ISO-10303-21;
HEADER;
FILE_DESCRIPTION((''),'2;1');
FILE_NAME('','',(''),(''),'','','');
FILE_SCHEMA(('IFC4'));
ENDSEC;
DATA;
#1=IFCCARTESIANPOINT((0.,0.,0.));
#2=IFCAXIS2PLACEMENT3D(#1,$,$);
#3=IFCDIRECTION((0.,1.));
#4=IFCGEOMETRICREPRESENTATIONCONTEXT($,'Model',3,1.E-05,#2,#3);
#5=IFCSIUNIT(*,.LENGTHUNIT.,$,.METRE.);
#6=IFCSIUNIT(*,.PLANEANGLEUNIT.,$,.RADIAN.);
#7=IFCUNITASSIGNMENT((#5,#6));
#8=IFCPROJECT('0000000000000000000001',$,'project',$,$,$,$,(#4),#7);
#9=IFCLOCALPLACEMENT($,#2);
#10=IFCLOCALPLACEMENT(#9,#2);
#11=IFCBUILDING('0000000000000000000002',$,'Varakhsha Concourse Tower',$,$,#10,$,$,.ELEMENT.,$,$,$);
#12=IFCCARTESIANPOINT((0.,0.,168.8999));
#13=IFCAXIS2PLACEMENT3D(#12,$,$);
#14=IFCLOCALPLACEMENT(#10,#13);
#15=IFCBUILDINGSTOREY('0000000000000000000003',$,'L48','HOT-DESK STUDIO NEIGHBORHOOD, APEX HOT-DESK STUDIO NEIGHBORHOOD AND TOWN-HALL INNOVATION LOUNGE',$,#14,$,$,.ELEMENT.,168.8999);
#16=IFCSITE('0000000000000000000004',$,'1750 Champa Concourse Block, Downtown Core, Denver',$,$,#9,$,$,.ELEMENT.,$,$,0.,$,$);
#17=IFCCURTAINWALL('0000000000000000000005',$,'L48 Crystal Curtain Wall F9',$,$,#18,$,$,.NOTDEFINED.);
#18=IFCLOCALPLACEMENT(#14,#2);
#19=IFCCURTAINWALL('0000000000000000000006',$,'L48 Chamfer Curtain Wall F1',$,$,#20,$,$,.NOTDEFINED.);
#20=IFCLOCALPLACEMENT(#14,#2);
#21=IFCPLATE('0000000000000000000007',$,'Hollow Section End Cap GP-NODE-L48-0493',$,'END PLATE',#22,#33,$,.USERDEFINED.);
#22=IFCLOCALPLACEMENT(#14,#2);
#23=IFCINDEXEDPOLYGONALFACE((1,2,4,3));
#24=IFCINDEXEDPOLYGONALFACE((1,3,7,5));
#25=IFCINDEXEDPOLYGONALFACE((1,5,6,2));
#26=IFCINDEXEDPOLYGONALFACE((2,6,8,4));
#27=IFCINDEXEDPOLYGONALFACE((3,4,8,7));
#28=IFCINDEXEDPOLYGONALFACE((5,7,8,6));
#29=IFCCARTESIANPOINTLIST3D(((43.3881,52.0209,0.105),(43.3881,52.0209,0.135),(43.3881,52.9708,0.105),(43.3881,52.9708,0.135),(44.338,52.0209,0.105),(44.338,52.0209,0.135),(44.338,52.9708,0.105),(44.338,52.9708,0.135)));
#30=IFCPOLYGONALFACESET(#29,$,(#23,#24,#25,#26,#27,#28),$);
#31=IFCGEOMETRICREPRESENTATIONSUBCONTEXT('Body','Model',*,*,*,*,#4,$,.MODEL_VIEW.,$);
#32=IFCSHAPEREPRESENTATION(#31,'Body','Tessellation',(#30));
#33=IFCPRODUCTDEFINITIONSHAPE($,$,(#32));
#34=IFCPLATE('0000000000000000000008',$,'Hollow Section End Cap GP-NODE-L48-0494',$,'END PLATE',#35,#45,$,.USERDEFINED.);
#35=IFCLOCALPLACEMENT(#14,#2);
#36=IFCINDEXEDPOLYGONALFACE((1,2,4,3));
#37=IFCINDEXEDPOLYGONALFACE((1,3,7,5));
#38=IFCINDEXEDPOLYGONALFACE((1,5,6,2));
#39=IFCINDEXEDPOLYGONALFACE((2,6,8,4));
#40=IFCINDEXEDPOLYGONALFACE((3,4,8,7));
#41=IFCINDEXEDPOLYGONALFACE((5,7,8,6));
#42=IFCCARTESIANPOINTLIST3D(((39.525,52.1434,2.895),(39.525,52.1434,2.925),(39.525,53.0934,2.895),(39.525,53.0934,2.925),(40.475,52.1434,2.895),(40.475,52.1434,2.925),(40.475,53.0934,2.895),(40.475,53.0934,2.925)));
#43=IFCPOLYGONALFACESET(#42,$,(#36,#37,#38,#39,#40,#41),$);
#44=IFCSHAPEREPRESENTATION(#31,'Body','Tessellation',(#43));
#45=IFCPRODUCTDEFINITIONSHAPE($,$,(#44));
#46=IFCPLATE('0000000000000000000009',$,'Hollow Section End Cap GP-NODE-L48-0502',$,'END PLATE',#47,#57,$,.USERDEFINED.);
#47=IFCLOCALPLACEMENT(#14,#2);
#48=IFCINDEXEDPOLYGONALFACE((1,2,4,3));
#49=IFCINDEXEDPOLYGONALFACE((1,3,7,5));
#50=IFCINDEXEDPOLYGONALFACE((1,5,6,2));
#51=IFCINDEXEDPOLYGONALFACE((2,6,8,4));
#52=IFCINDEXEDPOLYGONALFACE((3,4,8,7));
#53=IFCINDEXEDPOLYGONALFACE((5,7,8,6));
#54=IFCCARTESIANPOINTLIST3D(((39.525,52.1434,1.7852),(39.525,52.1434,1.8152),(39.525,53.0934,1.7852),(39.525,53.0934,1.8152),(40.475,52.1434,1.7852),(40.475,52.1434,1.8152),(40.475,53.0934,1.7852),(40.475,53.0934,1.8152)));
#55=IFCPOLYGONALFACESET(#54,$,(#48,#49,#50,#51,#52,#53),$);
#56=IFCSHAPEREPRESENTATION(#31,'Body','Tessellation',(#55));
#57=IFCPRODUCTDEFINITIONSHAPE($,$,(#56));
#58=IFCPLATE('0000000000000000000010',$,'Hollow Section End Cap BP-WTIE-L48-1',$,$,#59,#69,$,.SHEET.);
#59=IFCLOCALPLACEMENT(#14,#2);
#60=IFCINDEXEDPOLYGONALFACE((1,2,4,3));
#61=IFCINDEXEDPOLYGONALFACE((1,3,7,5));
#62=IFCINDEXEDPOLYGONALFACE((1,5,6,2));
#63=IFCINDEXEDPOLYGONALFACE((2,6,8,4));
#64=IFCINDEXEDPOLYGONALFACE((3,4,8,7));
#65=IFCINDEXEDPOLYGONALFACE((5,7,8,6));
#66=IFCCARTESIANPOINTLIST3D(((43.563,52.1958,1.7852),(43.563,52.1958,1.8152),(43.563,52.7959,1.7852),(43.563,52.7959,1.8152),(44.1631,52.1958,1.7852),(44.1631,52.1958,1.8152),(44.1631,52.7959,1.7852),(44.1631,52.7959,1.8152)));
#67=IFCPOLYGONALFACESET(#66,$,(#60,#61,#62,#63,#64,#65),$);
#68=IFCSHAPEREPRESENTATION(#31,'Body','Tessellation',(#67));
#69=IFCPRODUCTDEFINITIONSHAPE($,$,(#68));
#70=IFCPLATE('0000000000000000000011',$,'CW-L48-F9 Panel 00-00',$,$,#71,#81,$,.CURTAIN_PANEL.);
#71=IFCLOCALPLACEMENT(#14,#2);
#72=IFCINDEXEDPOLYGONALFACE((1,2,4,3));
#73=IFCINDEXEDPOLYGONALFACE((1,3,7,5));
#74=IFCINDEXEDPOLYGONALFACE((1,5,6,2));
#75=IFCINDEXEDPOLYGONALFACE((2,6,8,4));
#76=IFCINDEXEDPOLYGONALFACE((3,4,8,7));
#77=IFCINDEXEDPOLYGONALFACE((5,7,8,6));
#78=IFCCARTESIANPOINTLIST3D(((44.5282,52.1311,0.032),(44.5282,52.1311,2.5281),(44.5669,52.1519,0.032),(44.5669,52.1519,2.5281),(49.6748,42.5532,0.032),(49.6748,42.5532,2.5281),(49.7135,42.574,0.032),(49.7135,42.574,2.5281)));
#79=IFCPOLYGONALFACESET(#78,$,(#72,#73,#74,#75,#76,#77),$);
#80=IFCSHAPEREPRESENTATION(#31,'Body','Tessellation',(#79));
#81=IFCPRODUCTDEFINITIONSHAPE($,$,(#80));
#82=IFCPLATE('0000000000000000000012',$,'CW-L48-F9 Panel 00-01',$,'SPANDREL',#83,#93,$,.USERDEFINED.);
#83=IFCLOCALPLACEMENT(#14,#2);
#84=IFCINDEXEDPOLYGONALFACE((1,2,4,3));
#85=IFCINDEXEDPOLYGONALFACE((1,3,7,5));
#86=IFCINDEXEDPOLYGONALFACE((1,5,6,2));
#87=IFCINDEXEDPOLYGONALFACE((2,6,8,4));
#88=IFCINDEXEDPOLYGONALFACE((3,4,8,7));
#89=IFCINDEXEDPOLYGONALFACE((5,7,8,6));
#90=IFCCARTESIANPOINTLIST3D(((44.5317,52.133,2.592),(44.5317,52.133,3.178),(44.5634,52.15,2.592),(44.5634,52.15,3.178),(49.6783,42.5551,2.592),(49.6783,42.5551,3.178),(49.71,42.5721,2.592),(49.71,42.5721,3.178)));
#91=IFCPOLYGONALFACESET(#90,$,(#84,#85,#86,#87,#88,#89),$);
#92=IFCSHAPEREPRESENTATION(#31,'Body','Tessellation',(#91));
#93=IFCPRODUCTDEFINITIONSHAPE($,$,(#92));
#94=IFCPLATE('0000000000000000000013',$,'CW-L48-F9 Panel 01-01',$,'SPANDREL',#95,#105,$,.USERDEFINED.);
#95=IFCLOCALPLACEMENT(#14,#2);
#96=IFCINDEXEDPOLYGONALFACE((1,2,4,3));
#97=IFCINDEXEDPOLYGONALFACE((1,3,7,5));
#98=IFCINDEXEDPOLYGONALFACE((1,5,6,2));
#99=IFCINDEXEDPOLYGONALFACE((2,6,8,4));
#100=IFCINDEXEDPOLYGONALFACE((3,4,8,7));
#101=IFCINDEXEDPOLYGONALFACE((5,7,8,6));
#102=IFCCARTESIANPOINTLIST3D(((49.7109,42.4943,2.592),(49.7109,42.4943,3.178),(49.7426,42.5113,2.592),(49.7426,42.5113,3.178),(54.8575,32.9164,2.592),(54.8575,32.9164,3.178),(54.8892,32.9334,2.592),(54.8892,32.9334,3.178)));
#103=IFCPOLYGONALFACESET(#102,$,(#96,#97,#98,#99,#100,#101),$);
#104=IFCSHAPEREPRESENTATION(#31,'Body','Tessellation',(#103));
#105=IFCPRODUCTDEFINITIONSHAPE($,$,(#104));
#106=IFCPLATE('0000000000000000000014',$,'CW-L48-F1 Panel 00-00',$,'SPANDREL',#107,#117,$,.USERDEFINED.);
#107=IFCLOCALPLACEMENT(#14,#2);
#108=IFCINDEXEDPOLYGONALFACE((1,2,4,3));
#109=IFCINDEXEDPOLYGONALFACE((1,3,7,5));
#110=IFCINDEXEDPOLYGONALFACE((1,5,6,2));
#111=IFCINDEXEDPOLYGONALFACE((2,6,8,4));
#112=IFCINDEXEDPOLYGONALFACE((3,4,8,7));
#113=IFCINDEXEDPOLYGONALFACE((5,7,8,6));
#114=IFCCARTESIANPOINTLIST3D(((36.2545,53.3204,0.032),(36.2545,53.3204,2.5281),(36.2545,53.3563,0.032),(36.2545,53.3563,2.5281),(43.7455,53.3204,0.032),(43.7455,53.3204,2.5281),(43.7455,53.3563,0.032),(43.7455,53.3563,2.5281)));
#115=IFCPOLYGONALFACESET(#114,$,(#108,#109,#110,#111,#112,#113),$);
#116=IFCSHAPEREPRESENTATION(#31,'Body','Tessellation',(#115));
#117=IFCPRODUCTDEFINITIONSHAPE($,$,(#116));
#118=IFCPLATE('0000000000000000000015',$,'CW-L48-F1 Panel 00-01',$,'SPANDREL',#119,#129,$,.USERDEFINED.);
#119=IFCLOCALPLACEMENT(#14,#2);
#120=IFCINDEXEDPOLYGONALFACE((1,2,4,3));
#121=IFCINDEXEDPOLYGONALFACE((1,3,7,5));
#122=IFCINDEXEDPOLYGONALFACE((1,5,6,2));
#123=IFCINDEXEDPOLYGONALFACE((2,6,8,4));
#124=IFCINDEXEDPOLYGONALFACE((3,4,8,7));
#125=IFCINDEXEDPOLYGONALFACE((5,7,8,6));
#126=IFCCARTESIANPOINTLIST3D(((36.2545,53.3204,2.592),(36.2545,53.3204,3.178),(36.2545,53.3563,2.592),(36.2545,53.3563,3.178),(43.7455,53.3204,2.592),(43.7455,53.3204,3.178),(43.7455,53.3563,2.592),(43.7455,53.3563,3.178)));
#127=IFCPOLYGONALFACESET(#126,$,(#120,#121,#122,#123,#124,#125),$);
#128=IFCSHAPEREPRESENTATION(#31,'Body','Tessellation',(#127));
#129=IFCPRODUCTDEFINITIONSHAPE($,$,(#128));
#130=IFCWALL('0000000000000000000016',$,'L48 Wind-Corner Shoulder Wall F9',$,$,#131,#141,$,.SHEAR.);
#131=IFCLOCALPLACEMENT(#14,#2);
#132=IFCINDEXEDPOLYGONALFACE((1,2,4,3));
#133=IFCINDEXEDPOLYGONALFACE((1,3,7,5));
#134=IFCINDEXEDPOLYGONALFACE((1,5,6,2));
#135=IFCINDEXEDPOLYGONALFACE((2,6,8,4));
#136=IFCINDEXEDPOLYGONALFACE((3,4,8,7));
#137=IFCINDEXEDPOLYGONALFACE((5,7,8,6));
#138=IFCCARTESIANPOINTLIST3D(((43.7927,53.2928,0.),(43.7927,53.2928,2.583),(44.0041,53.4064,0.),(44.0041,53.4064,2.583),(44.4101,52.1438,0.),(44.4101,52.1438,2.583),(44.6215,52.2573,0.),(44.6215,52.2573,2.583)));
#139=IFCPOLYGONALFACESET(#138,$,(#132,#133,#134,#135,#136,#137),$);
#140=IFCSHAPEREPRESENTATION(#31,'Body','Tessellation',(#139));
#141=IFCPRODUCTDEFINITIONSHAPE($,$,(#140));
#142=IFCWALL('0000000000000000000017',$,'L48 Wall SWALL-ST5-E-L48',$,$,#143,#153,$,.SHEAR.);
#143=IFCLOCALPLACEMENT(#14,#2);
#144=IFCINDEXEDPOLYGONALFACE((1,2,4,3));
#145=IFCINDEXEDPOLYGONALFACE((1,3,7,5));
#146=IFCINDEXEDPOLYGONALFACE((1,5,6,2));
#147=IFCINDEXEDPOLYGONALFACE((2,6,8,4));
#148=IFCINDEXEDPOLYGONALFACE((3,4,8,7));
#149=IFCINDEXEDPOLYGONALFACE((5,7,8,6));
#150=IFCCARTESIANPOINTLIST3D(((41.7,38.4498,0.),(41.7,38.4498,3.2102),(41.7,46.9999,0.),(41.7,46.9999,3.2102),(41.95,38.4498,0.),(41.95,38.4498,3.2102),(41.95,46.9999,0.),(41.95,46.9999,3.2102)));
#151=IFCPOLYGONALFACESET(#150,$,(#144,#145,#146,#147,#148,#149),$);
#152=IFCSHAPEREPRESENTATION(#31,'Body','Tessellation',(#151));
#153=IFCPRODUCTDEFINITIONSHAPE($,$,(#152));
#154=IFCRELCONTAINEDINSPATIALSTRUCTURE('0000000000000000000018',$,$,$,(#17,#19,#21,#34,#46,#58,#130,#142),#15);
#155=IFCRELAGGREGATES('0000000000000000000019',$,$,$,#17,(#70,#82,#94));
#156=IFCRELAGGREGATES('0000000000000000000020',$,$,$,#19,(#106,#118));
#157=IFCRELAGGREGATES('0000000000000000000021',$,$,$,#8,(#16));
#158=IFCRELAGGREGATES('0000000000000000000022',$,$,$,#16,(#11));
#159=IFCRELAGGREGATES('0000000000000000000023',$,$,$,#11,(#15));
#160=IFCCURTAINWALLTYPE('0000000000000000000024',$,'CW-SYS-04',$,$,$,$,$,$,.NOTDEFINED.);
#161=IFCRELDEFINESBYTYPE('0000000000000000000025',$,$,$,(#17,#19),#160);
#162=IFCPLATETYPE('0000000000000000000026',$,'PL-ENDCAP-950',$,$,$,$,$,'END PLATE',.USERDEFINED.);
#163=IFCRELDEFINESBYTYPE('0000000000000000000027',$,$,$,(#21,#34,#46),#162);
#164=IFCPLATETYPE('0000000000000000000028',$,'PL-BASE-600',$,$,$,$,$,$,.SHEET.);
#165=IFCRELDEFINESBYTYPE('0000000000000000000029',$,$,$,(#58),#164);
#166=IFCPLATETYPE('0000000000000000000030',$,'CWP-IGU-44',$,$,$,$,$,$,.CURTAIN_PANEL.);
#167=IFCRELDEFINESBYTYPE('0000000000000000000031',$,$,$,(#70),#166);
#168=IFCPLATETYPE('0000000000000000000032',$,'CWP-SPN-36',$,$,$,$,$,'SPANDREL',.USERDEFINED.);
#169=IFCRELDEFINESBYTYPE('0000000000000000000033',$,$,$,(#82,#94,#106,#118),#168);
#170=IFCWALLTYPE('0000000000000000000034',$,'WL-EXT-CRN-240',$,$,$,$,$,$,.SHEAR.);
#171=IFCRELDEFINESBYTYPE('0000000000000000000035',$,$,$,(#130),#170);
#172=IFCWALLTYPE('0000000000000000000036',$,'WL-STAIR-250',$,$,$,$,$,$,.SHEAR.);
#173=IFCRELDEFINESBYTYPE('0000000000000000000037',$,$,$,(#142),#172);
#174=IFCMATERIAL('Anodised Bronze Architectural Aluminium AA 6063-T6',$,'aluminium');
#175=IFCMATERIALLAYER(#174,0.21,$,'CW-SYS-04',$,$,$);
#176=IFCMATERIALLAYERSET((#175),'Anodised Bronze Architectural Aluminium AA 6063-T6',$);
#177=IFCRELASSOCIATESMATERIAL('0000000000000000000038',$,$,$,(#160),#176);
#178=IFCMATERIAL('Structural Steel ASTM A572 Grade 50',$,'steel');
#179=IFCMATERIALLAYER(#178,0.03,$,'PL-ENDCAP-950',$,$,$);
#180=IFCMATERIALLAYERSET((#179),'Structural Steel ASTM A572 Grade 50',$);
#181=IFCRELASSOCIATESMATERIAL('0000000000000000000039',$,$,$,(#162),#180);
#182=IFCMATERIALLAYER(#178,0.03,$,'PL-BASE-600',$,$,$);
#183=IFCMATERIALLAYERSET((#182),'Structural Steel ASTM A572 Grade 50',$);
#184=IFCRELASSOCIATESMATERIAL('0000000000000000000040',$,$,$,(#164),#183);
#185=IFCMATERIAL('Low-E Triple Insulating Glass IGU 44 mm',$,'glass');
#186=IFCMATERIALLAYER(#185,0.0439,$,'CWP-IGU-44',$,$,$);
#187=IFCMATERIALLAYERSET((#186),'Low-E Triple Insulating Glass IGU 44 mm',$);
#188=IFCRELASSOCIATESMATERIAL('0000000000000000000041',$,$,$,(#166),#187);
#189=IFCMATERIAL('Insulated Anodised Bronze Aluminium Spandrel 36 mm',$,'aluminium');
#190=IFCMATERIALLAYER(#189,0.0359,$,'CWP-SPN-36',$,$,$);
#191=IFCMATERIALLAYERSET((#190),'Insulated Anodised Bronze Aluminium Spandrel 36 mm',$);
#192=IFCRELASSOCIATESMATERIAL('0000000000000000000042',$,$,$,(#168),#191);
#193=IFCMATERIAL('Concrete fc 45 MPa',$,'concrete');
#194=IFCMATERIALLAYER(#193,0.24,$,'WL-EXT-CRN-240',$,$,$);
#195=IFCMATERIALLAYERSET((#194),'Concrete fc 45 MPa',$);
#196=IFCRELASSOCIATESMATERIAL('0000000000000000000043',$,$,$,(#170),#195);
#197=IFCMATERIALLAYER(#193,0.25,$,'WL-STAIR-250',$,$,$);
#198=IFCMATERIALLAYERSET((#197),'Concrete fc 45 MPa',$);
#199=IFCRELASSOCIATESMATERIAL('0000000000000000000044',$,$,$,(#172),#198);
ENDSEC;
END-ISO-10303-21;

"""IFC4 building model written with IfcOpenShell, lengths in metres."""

from ifc_helpers import new_model, si_unit, direction, frame, frame_2d, origin, origin_2d, place, context, subcontext, project, spatial, rectangle, extrude, source, transform, mapped, material, layer, layer_set, type_object, type_shapes, element, aggregate, save


model = new_model("IFC4")

# Units and contexts
model_context = context("Model", 3, precision=1e-05, world=origin(), true_north=direction((0.0, 1.0)))
body_context = subcontext(model_context, "Body", "Model", "MODEL_VIEW")
ifc_project = project(units=[si_unit("LENGTHUNIT", "METRE"), si_unit("PLANEANGLEUNIT", "RADIAN")], contexts=[model_context])

# Site, building, storey
site_placement = place(None, origin())
site = spatial("IfcSite", under=ifc_project, at=site_placement, Name="1750 Champa Concourse Block, Downtown Core, Denver", CompositionType="ELEMENT", RefElevation=0.0)
building_placement = place(site_placement, origin())
building = spatial("IfcBuilding", under=site, at=building_placement, Name="Varakhsha Concourse Tower", CompositionType="ELEMENT")
storey_placement = place(building_placement, frame((0.0, 0.0, 168.8999)))
storey = spatial("IfcBuildingStorey", under=building, at=storey_placement, Name="L48", Description="HOT-DESK STUDIO NEIGHBORHOOD, APEX HOT-DESK STUDIO NEIGHBORHOOD AND TOWN-HALL INNOVATION LOUNGE", CompositionType="ELEMENT", Elevation=168.8999)

# Shared definitions
ifc_material_1 = material(Name="Structural Steel ASTM A572 Grade 50", Category="steel")

# Curtain wall
ifc_material_2 = material(Name="Anodised Bronze Architectural Aluminium AA 6063-T6", Category="aluminium")
ifc_layer_1 = layer(ifc_material_2, 0.21, Name="CW-SYS-04")
ifc_layer_set_1 = layer_set([ifc_layer_1], Name="Anodised Bronze Architectural Aluminium AA 6063-T6")
curtain_wall_type = type_object("IfcCurtainWallType", Name="CW-SYS-04", PredefinedType="NOTDEFINED", material=ifc_layer_set_1)
curtain_wall_1_placement = place(storey_placement, origin())
curtain_wall_1 = element("IfcCurtainWall", 1, at=curtain_wall_1_placement, inside=storey, type_object=curtain_wall_type, Name="L48 Crystal Curtain Wall F9", PredefinedType="NOTDEFINED")

# Curtain wall
curtain_wall_2_placement = place(storey_placement, origin())
curtain_wall_2 = element("IfcCurtainWall", 2, at=curtain_wall_2_placement, inside=storey, type_object=curtain_wall_type, Name="L48 Chamfer Curtain Wall F1", PredefinedType="NOTDEFINED")

# Plates
ifc_layer_2 = layer(ifc_material_1, 0.03, Name="PL-ENDCAP-950")
ifc_layer_set_2 = layer_set([ifc_layer_2], Name="Structural Steel ASTM A572 Grade 50")
plate_type_1 = type_object("IfcPlateType", Name="PL-ENDCAP-950", ElementType="END PLATE", PredefinedType="USERDEFINED", material=ifc_layer_set_2)
shared_shape_1 = source(origin(), body_context, "Body", "SweptSolid", [
    extrude(rectangle(XDim=0.95, YDim=0.95, at=origin_2d()), origin(), (0.0, 0.0, 1.0), 0.03),
])
type_shapes(plate_type_1, [shared_shape_1])
for number, where, z_axis, x_axis, name in (
    (3, (43.863, 52.4958, 0.105), (0.0, 0.0, 1.0), (1.0, 0.0, 0.0), "Hollow Section End Cap GP-NODE-L48-0493"),
    (4, (40.0, 52.6184, 2.895), (0.0, 0.0, 1.0), (1.0, 0.0, 0.0), "Hollow Section End Cap GP-NODE-L48-0494"),
    (5, (40.0, 52.6184, 1.7852), (0.0, 0.0, 1.0), (1.0, 0.0, 0.0), "Hollow Section End Cap GP-NODE-L48-0502"),
):
    element("IfcPlate", number, at=place(storey_placement, frame(where, z_axis=z_axis, x_axis=x_axis)), inside=storey, type_object=plate_type_1, Name=name, ObjectType="END PLATE", PredefinedType="USERDEFINED", context=body_context, shape_type="MappedRepresentation", body=[
        mapped(shared_shape_1, transform((0.0, 0.0, 0.0), scale=1.0)),
    ])
ifc_layer_3 = layer(ifc_material_1, 0.03, Name="PL-BASE-600")
ifc_layer_set_3 = layer_set([ifc_layer_3], Name="Structural Steel ASTM A572 Grade 50")
plate_type_2 = type_object("IfcPlateType", Name="PL-BASE-600", PredefinedType="SHEET", material=ifc_layer_set_3)
shared_shape_2 = source(origin(), body_context, "Body", "SweptSolid", [
    extrude(rectangle(XDim=0.6001, YDim=0.6001, at=origin_2d()), origin(), (0.0, 0.0, 1.0), 0.03),
])
type_shapes(plate_type_2, [shared_shape_2])
plate_1_placement = place(storey_placement, frame((43.863, 52.4958, 1.7852), z_axis=(0.0, 0.0, 1.0), x_axis=(1.0, 0.0, 0.0)))
element("IfcPlate", 6, at=plate_1_placement, inside=storey, type_object=plate_type_2, Name="Hollow Section End Cap BP-WTIE-L48-1", PredefinedType="SHEET", context=body_context, shape_type="MappedRepresentation", body=[
    mapped(shared_shape_2, transform((0.0, 0.0, 0.0), scale=1.0)),
])

# Plates
ifc_material_3 = material(Name="Low-E Triple Insulating Glass IGU 44 mm", Category="glass")
ifc_layer_4 = layer(ifc_material_3, 0.0439, Name="CWP-IGU-44")
ifc_layer_set_4 = layer_set([ifc_layer_4], Name="Low-E Triple Insulating Glass IGU 44 mm")
plate_type_3 = type_object("IfcPlateType", Name="CWP-IGU-44", PredefinedType="CURTAIN_PANEL", material=ifc_layer_set_4)
shared_shape_3 = source(origin(), body_context, "Body", "SweptSolid", [
    extrude(rectangle(XDim=10.873, YDim=0.0439, at=origin_2d()), origin(), (0.0, 0.0, 1.0), 2.4961),
])
type_shapes(plate_type_3, [shared_shape_3])
plate_2_placement = place(storey_placement, frame((47.1208, 47.3525, 0.032), z_axis=(0.0, 0.0, 1.0), x_axis=(0.473337, -0.880882, 0.0)))
plate_2 = element("IfcPlate", 7, at=plate_2_placement, type_object=plate_type_3, Name="CW-L48-F9 Panel 00-00", PredefinedType="CURTAIN_PANEL", context=body_context, shape_type="MappedRepresentation", body=[
    mapped(shared_shape_3, transform((0.0, 0.0, 0.0), scale=1.0)),
])
ifc_material_4 = material(Name="Insulated Anodised Bronze Aluminium Spandrel 36 mm", Category="aluminium")
ifc_layer_5 = layer(ifc_material_4, 0.0359, Name="CWP-SPN-36")
ifc_layer_set_5 = layer_set([ifc_layer_5], Name="Insulated Anodised Bronze Aluminium Spandrel 36 mm")
plate_type_4 = type_object("IfcPlateType", Name="CWP-SPN-36", ElementType="SPANDREL", PredefinedType="USERDEFINED", material=ifc_layer_set_5)
shared_shape_4 = source(origin(), body_context, "Body", "SweptSolid", [
    extrude(rectangle(XDim=10.873, YDim=0.0359, at=origin_2d()), origin(), (0.0, 0.0, 1.0), 0.5859),
])
plate_3_placement = place(storey_placement, frame((47.1208, 47.3525, 2.592), z_axis=(0.0, 0.0, 1.0), x_axis=(0.473337, -0.880882, 0.0)))
plate_3 = element("IfcPlate", 8, at=plate_3_placement, type_object=plate_type_4, Name="CW-L48-F9 Panel 00-01", ObjectType="SPANDREL", PredefinedType="USERDEFINED", context=body_context, shape_type="MappedRepresentation", body=[
    mapped(shared_shape_4, transform((0.0, 0.0, 0.0), scale=1.0)),
])
plate_4_placement = place(storey_placement, frame((52.3, 37.7139, 2.592), z_axis=(0.0, 0.0, 1.0), x_axis=(0.473337, -0.880882, 0.0)))
plate_4 = element("IfcPlate", 9, at=plate_4_placement, type_object=plate_type_4, Name="CW-L48-F9 Panel 01-01", ObjectType="SPANDREL", PredefinedType="USERDEFINED", context=body_context, shape_type="MappedRepresentation", body=[
    mapped(shared_shape_4, transform((0.0, 0.0, 0.0), scale=1.0)),
])
aggregate(curtain_wall_1, [plate_2, plate_3, plate_4])
shared_shape_5 = source(origin(), body_context, "Body", "SweptSolid", [
    extrude(rectangle(XDim=7.491, YDim=0.0359, at=origin_2d()), origin(), (0.0, 0.0, 1.0), 2.4961),
])
plate_5_placement = place(storey_placement, frame((40.0, 53.3384, 0.032), z_axis=(0.0, 0.0, 1.0), x_axis=(1.0, 0.0, 0.0)))
plate_5 = element("IfcPlate", 10, at=plate_5_placement, type_object=plate_type_4, Name="CW-L48-F1 Panel 00-00", ObjectType="SPANDREL", PredefinedType="USERDEFINED", context=body_context, shape_type="MappedRepresentation", body=[
    mapped(shared_shape_5, transform((0.0, 0.0, 0.0), scale=1.0)),
])
shared_shape_6 = source(origin(), body_context, "Body", "SweptSolid", [
    extrude(rectangle(XDim=7.491, YDim=0.0359, at=origin_2d()), origin(), (0.0, 0.0, 1.0), 0.5859),
])
type_shapes(plate_type_4, [shared_shape_4, shared_shape_5, shared_shape_6])
plate_6_placement = place(storey_placement, frame((40.0, 53.3384, 2.592), z_axis=(0.0, 0.0, 1.0), x_axis=(1.0, 0.0, 0.0)))
plate_6 = element("IfcPlate", 11, at=plate_6_placement, type_object=plate_type_4, Name="CW-L48-F1 Panel 00-01", ObjectType="SPANDREL", PredefinedType="USERDEFINED", context=body_context, shape_type="MappedRepresentation", body=[
    mapped(shared_shape_6, transform((0.0, 0.0, 0.0), scale=1.0)),
])
aggregate(curtain_wall_2, [plate_5, plate_6])

# Walls
ifc_material_5 = material(Name="Concrete fc 45 MPa", Category="concrete")
ifc_layer_6 = layer(ifc_material_5, 0.24, Name="WL-EXT-CRN-240")
ifc_layer_set_6 = layer_set([ifc_layer_6], Name="Concrete fc 45 MPa")
wall_type_1 = type_object("IfcWallType", Name="WL-EXT-CRN-240", PredefinedType="SHEAR", material=ifc_layer_set_6)
wall_1_placement = place(storey_placement, frame((44.5159, 52.2004, 0.0), z_axis=(0.0, 0.0, 1.0), x_axis=(-0.473296, 0.880903, 0.0)))
element("IfcWall", 12, at=wall_1_placement, inside=storey, type_object=wall_type_1, Name="L48 Wind-Corner Shoulder Wall F9", PredefinedType="SHEAR", context=body_context, shape_type="SweptSolid", body=[
    extrude(rectangle(XDim=1.3044, YDim=0.24, at=frame_2d((0.6523, 0.0))), origin(), (0.0, 0.0, 1.0), 2.583),
])
ifc_layer_7 = layer(ifc_material_5, 0.25, Name="WL-STAIR-250")
ifc_layer_set_7 = layer_set([ifc_layer_7], Name="Concrete fc 45 MPa")
wall_type_2 = type_object("IfcWallType", Name="WL-STAIR-250", PredefinedType="SHEAR", material=ifc_layer_set_7)
wall_2_placement = place(storey_placement, frame((41.825, 38.45, 0.0), z_axis=(0.0, 0.0, 1.0), x_axis=(0.0, 1.0, 0.0)))
element("IfcWall", 13, at=wall_2_placement, inside=storey, type_object=wall_type_2, Name="L48 Wall SWALL-ST5-E-L48", PredefinedType="SHEAR", context=body_context, shape_type="SweptSolid", body=[
    extrude(rectangle(XDim=8.55, YDim=0.25, at=frame_2d((4.2749, 0.0))), origin(), (0.0, 0.0, 1.0), 3.2102),
])

save(model, "model.ifc")
